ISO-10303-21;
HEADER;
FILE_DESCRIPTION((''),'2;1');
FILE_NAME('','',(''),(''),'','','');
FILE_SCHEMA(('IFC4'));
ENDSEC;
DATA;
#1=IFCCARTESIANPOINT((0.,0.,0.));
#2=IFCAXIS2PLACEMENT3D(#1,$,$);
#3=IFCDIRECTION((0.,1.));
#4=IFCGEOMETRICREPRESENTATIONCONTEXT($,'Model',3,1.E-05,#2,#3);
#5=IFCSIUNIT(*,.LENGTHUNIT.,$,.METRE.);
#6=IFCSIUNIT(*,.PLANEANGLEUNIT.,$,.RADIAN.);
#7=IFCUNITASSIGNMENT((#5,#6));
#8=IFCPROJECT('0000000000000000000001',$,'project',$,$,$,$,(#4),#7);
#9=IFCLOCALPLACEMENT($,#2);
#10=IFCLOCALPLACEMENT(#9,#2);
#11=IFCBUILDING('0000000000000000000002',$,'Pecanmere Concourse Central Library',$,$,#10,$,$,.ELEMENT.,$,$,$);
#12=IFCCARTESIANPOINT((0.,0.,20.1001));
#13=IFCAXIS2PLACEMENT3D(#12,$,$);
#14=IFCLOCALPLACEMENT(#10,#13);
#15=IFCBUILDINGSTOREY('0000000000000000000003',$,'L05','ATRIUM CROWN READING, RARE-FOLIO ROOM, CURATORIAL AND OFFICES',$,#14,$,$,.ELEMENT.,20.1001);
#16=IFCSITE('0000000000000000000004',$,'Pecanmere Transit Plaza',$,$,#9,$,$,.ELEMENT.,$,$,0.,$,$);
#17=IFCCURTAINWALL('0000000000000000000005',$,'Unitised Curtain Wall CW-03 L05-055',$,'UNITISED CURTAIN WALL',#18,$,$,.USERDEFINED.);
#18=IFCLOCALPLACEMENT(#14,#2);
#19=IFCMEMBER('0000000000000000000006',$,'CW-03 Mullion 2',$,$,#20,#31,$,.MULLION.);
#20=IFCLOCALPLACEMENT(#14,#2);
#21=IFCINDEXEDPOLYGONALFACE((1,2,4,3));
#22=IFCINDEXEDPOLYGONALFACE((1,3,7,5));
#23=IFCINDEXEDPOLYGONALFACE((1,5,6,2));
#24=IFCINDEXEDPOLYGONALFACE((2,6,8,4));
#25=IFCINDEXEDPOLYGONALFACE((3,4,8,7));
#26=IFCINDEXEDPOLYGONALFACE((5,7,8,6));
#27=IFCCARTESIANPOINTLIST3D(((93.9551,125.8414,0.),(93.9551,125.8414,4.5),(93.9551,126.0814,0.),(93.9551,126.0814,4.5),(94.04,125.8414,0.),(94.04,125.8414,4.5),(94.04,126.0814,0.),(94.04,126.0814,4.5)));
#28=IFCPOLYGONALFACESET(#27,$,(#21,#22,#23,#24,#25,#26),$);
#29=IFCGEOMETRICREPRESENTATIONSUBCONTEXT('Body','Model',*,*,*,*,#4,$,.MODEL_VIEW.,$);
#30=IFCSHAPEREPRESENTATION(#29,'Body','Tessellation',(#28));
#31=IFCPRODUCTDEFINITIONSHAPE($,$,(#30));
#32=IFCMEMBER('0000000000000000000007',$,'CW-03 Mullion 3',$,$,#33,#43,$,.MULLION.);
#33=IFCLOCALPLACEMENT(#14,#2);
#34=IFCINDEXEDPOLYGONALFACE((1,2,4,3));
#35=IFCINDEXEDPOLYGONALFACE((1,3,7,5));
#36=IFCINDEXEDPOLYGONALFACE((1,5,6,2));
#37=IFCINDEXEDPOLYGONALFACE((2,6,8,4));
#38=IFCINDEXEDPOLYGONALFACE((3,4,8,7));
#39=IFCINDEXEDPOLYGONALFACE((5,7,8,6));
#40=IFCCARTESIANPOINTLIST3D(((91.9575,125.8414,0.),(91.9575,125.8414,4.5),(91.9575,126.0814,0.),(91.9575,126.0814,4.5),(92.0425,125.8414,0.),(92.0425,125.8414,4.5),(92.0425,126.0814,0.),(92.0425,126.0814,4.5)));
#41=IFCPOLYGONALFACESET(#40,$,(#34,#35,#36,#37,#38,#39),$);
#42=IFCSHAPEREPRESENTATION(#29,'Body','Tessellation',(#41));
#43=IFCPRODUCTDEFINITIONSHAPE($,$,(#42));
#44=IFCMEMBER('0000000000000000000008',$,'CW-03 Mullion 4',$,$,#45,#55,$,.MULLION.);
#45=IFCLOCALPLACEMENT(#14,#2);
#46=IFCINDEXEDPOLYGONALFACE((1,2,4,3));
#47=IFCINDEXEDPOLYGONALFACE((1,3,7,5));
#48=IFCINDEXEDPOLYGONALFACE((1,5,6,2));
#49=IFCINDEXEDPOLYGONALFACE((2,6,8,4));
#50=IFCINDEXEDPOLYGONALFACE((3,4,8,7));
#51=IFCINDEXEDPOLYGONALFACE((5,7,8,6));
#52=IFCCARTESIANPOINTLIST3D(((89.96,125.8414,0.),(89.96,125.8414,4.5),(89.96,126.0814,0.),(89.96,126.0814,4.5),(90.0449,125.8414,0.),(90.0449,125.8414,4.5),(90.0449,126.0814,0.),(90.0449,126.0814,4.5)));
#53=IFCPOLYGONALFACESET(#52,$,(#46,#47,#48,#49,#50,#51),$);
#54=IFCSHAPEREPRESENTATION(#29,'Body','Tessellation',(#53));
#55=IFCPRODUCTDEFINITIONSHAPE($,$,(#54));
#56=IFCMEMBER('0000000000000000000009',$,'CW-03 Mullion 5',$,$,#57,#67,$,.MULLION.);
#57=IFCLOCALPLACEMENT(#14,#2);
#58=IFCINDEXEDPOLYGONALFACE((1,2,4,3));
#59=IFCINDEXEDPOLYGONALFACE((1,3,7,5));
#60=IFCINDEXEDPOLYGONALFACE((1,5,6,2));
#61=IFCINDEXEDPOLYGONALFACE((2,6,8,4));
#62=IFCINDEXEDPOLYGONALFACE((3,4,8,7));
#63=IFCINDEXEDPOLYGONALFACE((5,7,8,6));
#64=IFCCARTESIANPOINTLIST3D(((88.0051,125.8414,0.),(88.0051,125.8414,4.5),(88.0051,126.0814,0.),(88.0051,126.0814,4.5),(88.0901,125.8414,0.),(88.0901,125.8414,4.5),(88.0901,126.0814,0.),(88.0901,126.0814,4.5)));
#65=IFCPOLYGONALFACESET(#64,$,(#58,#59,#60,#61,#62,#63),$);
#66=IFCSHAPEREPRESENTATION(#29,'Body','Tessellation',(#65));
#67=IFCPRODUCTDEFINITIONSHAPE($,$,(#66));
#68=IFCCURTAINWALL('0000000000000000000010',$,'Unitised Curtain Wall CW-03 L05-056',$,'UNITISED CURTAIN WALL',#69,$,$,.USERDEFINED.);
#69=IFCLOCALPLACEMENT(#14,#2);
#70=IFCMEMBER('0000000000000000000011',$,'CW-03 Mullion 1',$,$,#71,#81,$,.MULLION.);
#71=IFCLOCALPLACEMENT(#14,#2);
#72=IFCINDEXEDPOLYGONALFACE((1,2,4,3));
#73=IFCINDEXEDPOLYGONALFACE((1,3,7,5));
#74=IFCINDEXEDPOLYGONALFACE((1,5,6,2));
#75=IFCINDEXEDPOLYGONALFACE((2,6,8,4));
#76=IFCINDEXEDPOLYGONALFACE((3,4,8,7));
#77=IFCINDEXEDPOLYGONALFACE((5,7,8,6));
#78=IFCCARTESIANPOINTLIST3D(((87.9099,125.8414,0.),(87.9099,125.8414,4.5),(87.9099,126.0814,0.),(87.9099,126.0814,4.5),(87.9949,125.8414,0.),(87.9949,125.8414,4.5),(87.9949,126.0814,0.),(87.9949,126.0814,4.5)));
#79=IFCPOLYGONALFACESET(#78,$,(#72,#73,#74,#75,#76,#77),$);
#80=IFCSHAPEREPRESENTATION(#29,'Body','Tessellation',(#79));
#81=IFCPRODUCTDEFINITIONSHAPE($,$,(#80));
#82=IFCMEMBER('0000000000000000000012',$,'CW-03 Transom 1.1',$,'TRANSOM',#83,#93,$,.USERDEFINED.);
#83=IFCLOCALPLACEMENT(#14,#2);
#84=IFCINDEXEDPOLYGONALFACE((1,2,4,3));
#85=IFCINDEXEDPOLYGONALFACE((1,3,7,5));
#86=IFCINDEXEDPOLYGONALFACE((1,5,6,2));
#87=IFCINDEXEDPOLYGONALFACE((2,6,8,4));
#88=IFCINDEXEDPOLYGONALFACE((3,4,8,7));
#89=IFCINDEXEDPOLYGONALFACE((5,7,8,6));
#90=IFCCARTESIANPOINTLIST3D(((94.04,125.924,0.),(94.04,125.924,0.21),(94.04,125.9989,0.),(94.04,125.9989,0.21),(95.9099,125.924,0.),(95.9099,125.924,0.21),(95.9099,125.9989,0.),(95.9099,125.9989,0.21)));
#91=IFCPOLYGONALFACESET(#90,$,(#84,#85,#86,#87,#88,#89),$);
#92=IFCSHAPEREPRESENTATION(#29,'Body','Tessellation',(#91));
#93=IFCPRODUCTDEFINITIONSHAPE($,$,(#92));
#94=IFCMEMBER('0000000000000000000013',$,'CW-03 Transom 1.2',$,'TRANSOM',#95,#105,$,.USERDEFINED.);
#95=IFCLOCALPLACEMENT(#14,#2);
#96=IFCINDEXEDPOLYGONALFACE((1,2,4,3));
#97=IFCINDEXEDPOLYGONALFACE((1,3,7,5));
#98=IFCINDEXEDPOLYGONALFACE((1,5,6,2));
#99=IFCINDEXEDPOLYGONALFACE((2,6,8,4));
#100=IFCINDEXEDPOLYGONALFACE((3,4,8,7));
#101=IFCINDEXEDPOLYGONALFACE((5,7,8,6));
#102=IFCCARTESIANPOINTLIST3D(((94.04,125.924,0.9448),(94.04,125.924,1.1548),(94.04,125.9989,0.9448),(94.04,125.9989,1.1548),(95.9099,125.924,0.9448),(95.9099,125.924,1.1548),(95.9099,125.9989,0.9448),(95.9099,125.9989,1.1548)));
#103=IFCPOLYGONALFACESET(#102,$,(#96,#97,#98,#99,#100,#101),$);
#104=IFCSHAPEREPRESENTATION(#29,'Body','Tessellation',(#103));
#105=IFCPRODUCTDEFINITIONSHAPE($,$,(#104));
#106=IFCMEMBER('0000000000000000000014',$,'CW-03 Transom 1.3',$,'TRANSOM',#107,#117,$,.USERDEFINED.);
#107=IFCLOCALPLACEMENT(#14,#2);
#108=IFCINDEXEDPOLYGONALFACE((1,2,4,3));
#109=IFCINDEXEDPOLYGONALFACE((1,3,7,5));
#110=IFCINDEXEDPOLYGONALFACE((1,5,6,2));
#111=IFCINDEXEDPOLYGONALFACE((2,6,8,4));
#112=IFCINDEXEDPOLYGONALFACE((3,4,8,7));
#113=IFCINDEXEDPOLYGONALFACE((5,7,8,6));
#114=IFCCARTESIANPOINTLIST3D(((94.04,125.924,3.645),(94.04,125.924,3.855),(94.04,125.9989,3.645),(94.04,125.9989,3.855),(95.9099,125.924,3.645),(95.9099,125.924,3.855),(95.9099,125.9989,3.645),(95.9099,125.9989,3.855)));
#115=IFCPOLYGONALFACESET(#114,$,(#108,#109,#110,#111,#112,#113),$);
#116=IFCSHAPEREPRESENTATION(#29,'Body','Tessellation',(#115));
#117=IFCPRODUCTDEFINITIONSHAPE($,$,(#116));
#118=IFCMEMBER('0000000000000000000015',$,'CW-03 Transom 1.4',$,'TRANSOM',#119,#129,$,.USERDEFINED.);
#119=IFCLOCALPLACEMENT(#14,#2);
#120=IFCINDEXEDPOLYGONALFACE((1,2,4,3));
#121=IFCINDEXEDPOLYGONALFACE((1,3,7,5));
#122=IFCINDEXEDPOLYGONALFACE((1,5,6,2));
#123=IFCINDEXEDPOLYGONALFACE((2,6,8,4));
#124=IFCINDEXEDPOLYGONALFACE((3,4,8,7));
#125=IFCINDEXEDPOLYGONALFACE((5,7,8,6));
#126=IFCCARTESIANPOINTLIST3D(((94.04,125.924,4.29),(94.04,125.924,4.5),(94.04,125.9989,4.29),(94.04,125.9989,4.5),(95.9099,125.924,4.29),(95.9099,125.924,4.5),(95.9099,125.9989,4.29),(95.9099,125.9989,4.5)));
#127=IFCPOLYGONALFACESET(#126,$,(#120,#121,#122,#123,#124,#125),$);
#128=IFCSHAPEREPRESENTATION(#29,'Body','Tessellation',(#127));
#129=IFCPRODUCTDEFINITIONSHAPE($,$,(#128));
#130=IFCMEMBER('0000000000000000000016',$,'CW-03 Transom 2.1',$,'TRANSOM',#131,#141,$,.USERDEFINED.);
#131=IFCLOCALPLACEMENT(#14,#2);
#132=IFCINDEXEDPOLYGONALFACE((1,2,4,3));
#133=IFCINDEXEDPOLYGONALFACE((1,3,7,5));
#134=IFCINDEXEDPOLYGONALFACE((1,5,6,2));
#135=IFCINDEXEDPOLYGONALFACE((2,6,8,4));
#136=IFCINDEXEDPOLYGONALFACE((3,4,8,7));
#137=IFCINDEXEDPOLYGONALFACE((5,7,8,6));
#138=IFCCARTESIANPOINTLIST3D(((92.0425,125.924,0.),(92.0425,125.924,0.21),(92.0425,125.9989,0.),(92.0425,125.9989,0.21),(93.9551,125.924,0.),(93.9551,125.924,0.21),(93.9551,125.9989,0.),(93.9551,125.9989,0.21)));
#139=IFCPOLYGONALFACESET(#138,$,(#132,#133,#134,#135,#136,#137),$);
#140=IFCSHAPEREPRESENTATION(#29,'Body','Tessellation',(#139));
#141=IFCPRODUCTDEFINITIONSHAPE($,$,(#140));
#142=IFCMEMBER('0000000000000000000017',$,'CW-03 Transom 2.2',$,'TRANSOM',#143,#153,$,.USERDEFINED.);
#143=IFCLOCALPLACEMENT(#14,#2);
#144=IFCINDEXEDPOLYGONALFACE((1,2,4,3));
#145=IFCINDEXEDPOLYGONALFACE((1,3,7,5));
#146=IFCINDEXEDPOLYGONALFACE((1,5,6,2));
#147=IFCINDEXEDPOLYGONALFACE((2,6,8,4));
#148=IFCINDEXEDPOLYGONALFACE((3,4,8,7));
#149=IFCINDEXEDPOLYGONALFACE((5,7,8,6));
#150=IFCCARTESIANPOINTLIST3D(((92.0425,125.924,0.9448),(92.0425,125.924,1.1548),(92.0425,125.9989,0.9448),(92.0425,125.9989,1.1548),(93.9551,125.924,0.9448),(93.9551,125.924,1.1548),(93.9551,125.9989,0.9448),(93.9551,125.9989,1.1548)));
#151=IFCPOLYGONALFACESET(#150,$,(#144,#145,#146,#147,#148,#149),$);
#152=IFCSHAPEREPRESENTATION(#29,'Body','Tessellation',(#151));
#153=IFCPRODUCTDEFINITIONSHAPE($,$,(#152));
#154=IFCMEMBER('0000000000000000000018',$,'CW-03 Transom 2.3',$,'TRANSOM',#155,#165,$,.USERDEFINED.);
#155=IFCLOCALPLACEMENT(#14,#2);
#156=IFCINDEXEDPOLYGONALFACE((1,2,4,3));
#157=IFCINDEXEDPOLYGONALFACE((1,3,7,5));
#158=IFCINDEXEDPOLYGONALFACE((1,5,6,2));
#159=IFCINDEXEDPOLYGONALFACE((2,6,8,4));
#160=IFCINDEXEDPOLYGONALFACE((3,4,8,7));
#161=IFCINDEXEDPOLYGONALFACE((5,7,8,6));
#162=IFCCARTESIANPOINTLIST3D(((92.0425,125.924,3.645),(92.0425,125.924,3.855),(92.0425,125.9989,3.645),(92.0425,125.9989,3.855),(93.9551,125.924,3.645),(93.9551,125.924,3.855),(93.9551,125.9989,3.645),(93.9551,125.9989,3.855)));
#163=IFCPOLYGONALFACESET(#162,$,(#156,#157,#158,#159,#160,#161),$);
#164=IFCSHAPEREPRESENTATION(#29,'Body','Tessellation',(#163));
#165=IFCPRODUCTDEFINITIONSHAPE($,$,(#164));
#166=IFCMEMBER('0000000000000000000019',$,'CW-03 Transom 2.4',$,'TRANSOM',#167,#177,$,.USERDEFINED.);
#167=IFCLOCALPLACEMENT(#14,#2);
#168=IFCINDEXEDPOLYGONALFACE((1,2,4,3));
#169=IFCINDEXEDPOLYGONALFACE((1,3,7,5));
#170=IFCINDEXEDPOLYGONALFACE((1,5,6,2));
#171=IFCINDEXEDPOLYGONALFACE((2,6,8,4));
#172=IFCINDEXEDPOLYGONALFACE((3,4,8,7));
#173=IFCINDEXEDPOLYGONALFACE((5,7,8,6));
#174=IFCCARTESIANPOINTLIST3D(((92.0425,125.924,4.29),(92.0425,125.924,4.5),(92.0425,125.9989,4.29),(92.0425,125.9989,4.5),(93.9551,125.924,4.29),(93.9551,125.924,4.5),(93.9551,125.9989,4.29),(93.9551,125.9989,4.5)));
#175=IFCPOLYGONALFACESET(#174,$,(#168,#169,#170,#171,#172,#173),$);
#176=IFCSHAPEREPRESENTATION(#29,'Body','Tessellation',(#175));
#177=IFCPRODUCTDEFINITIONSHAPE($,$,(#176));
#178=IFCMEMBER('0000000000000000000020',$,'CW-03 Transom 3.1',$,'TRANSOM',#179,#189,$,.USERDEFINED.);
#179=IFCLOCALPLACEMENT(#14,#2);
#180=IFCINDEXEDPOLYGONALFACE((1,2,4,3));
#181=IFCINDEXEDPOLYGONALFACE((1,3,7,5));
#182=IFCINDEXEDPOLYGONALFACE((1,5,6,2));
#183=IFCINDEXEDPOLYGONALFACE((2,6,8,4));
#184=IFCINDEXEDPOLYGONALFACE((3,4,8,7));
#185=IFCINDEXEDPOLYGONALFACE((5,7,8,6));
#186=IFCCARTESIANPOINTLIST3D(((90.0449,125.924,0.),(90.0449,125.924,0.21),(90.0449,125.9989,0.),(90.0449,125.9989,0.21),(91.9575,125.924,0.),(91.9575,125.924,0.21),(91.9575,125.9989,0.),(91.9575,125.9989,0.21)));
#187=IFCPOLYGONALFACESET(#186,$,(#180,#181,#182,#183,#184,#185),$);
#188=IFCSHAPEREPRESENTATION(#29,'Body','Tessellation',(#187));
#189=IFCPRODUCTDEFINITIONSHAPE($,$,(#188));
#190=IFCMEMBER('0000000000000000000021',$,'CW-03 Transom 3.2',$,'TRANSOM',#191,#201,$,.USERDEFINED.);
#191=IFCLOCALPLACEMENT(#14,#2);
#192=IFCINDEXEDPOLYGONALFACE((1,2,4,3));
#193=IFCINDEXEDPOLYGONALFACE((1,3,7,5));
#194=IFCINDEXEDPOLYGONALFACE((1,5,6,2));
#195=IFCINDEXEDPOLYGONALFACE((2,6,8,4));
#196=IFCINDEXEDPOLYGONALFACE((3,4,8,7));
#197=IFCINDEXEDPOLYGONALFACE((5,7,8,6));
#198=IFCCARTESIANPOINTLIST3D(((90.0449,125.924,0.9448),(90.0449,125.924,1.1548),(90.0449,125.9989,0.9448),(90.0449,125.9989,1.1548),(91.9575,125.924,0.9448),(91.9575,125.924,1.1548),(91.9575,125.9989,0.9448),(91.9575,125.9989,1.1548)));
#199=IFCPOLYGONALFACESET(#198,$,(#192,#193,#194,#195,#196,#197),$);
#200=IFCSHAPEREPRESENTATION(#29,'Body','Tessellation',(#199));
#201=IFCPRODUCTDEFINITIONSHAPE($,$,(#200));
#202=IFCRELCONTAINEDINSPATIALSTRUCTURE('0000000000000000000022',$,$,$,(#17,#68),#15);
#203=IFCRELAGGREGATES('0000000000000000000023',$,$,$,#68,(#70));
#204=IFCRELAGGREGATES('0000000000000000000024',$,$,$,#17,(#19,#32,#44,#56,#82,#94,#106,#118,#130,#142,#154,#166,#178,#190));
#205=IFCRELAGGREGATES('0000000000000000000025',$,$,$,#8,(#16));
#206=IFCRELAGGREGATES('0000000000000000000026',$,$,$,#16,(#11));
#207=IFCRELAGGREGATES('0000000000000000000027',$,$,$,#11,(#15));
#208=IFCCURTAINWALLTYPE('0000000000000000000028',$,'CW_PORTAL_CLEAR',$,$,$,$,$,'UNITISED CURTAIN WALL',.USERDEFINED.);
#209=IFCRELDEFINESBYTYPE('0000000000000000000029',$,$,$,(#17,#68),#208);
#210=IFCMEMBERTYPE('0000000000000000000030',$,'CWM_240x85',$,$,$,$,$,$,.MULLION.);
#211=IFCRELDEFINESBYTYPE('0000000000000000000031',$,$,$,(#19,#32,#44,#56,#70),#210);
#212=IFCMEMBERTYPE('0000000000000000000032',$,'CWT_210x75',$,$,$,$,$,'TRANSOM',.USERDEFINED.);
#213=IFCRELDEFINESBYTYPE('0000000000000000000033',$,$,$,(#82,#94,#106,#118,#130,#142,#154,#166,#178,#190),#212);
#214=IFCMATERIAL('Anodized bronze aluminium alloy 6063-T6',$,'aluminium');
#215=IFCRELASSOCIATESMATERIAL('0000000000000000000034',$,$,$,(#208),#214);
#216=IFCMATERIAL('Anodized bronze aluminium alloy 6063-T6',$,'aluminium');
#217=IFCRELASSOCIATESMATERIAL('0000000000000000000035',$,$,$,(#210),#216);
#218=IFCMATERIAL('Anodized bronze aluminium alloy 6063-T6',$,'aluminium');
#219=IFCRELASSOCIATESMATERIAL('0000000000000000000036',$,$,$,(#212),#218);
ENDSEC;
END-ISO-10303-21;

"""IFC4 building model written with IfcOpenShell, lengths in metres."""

from ifc_helpers import new_model, si_unit, direction, frame, origin, origin_2d, place, context, subcontext, project, spatial, rectangle, extrude, material, material_profile, profile_set, type_object, element, aggregate, save


model = new_model("IFC4")

# Units and contexts
model_context = context("Model", 3, precision=1e-05, world=origin(), true_north=direction((0.0, 1.0)))
body_context = subcontext(model_context, "Body", "Model", "MODEL_VIEW")
ifc_project = project(units=[si_unit("LENGTHUNIT", "METRE"), si_unit("PLANEANGLEUNIT", "RADIAN")], contexts=[model_context])

# Site, building, storey
site_placement = place(None, origin())
site = spatial("IfcSite", under=ifc_project, at=site_placement, Name="Pecanmere Transit Plaza", CompositionType="ELEMENT", RefElevation=0.0)
building_placement = place(site_placement, origin())
building = spatial("IfcBuilding", under=site, at=building_placement, Name="Pecanmere Concourse Central Library", CompositionType="ELEMENT")
storey_placement = place(building_placement, frame((0.0, 0.0, 20.1001)))
storey = spatial("IfcBuildingStorey", under=building, at=storey_placement, Name="L05", Description="ATRIUM CROWN READING, RARE-FOLIO ROOM, CURATORIAL AND OFFICES", CompositionType="ELEMENT", Elevation=20.1001)

# Curtain wall, members
ifc_material_1 = material(Name="Anodized bronze aluminium alloy 6063-T6", Category="aluminium")
curtain_wall_type = type_object("IfcCurtainWallType", Name="CW_PORTAL_CLEAR", ElementType="UNITISED CURTAIN WALL", PredefinedType="USERDEFINED", material=ifc_material_1)
curtain_wall_1_placement = place(storey_placement, origin())
curtain_wall_1 = element("IfcCurtainWall", 1, at=curtain_wall_1_placement, inside=storey, type_object=curtain_wall_type, Name="Unitised Curtain Wall CW-03 L05-055", ObjectType="UNITISED CURTAIN WALL", PredefinedType="USERDEFINED")
ifc_material_2 = material(Name="Anodized bronze aluminium alloy 6063-T6", Category="aluminium")
ifc_material_profile_1 = material_profile(ifc_material_2, rectangle(XDim=0.085, YDim=0.24, at=origin_2d()), Name="AL 85x240")
ifc_profile_set_1 = profile_set([ifc_material_profile_1], Name="Anodized bronze aluminium alloy 6063-T6")
member_type_1 = type_object("IfcMemberType", Name="CWM_240x85", PredefinedType="MULLION", material=ifc_profile_set_1)
member_1_placement = place(storey_placement, frame((93.9976, 125.9614, 0.0), z_axis=(0.0, 0.0, 1.0), x_axis=(-1.0, 0.0, 0.0)))
member_1 = element("IfcMember", 2, at=member_1_placement, type_object=member_type_1, Name="CW-03 Mullion 2", PredefinedType="MULLION", context=body_context, shape_type="SweptSolid", body=[
    extrude(rectangle(XDim=0.085, YDim=0.24, at=origin_2d()), origin(), (0.0, 0.0, 1.0), 4.5),
])
member_2_placement = place(storey_placement, frame((92.0, 125.9614, 0.0), z_axis=(0.0, 0.0, 1.0), x_axis=(-1.0, 0.0, 0.0)))
member_2 = element("IfcMember", 3, at=member_2_placement, type_object=member_type_1, Name="CW-03 Mullion 3", PredefinedType="MULLION", context=body_context, shape_type="SweptSolid", body=[
    extrude(rectangle(XDim=0.085, YDim=0.24, at=origin_2d()), origin(), (0.0, 0.0, 1.0), 4.5),
])
member_3_placement = place(storey_placement, frame((90.0024, 125.9614, 0.0), z_axis=(0.0, 0.0, 1.0), x_axis=(-1.0, 0.0, 0.0)))
member_3 = element("IfcMember", 4, at=member_3_placement, type_object=member_type_1, Name="CW-03 Mullion 4", PredefinedType="MULLION", context=body_context, shape_type="SweptSolid", body=[
    extrude(rectangle(XDim=0.085, YDim=0.24, at=origin_2d()), origin(), (0.0, 0.0, 1.0), 4.5),
])
member_4_placement = place(storey_placement, frame((88.0476, 125.9614, 0.0), z_axis=(0.0, 0.0, 1.0), x_axis=(-1.0, 0.0, 0.0)))
member_4 = element("IfcMember", 5, at=member_4_placement, type_object=member_type_1, Name="CW-03 Mullion 5", PredefinedType="MULLION", context=body_context, shape_type="SweptSolid", body=[
    extrude(rectangle(XDim=0.085, YDim=0.24, at=origin_2d()), origin(), (0.0, 0.0, 1.0), 4.5),
])

# Curtain wall, member
curtain_wall_2_placement = place(storey_placement, origin())
curtain_wall_2 = element("IfcCurtainWall", 6, at=curtain_wall_2_placement, inside=storey, type_object=curtain_wall_type, Name="Unitised Curtain Wall CW-03 L05-056", ObjectType="UNITISED CURTAIN WALL", PredefinedType="USERDEFINED")
member_5_placement = place(storey_placement, frame((87.9524, 125.9614, 0.0), z_axis=(0.0, 0.0, 1.0), x_axis=(-1.0, 0.0, 0.0)))
member_5 = element("IfcMember", 7, at=member_5_placement, type_object=member_type_1, Name="CW-03 Mullion 1", PredefinedType="MULLION", context=body_context, shape_type="SweptSolid", body=[
    extrude(rectangle(XDim=0.085, YDim=0.24, at=origin_2d()), origin(), (0.0, 0.0, 1.0), 4.5),
])

# Members
ifc_material_3 = material(Name="Anodized bronze aluminium alloy 6063-T6", Category="aluminium")
ifc_material_profile_2 = material_profile(ifc_material_3, rectangle(XDim=0.075, YDim=0.21, at=origin_2d()), Name="AL 75x210")
ifc_profile_set_2 = profile_set([ifc_material_profile_2], Name="Anodized bronze aluminium alloy 6063-T6")
member_type_2 = type_object("IfcMemberType", Name="CWT_210x75", ElementType="TRANSOM", PredefinedType="USERDEFINED", material=ifc_profile_set_2)
member_6_placement = place(storey_placement, frame((95.9099, 125.9614, 0.105), z_axis=(-1.0, 0.0, 0.0), x_axis=(0.0, -1.0, 0.0)))
member_6 = element("IfcMember", 8, at=member_6_placement, type_object=member_type_2, Name="CW-03 Transom 1.1", ObjectType="TRANSOM", PredefinedType="USERDEFINED", context=body_context, shape_type="SweptSolid", body=[
    extrude(rectangle(XDim=0.075, YDim=0.21, at=origin_2d()), origin(), (0.0, 0.0, 1.0), 1.8699),
])
member_7_placement = place(storey_placement, frame((95.9099, 125.9614, 1.0498), z_axis=(-1.0, 0.0, 0.0), x_axis=(0.0, -1.0, 0.0)))
member_7 = element("IfcMember", 9, at=member_7_placement, type_object=member_type_2, Name="CW-03 Transom 1.2", ObjectType="TRANSOM", PredefinedType="USERDEFINED", context=body_context, shape_type="SweptSolid", body=[
    extrude(rectangle(XDim=0.075, YDim=0.21, at=origin_2d()), origin(), (0.0, 0.0, 1.0), 1.8699),
])
member_8_placement = place(storey_placement, frame((95.9099, 125.9614, 3.75), z_axis=(-1.0, 0.0, 0.0), x_axis=(0.0, -1.0, 0.0)))
member_8 = element("IfcMember", 10, at=member_8_placement, type_object=member_type_2, Name="CW-03 Transom 1.3", ObjectType="TRANSOM", PredefinedType="USERDEFINED", context=body_context, shape_type="SweptSolid", body=[
    extrude(rectangle(XDim=0.075, YDim=0.21, at=origin_2d()), origin(), (0.0, 0.0, 1.0), 1.8699),
])
member_9_placement = place(storey_placement, frame((95.9099, 125.9614, 4.395), z_axis=(-1.0, 0.0, 0.0), x_axis=(0.0, -1.0, 0.0)))
member_9 = element("IfcMember", 11, at=member_9_placement, type_object=member_type_2, Name="CW-03 Transom 1.4", ObjectType="TRANSOM", PredefinedType="USERDEFINED", context=body_context, shape_type="SweptSolid", body=[
    extrude(rectangle(XDim=0.075, YDim=0.21, at=origin_2d()), origin(), (0.0, 0.0, 1.0), 1.8699),
])
member_10_placement = place(storey_placement, frame((93.9551, 125.9614, 0.105), z_axis=(-1.0, 0.0, 0.0), x_axis=(0.0, -1.0, 0.0)))
member_10 = element("IfcMember", 12, at=member_10_placement, type_object=member_type_2, Name="CW-03 Transom 2.1", ObjectType="TRANSOM", PredefinedType="USERDEFINED", context=body_context, shape_type="SweptSolid", body=[
    extrude(rectangle(XDim=0.075, YDim=0.21, at=origin_2d()), origin(), (0.0, 0.0, 1.0), 1.9126),
])
member_11_placement = place(storey_placement, frame((93.9551, 125.9614, 1.0498), z_axis=(-1.0, 0.0, 0.0), x_axis=(0.0, -1.0, 0.0)))
member_11 = element("IfcMember", 13, at=member_11_placement, type_object=member_type_2, Name="CW-03 Transom 2.2", ObjectType="TRANSOM", PredefinedType="USERDEFINED", context=body_context, shape_type="SweptSolid", body=[
    extrude(rectangle(XDim=0.075, YDim=0.21, at=origin_2d()), origin(), (0.0, 0.0, 1.0), 1.9126),
])
member_12_placement = place(storey_placement, frame((93.9551, 125.9614, 3.75), z_axis=(-1.0, 0.0, 0.0), x_axis=(0.0, -1.0, 0.0)))
member_12 = element("IfcMember", 14, at=member_12_placement, type_object=member_type_2, Name="CW-03 Transom 2.3", ObjectType="TRANSOM", PredefinedType="USERDEFINED", context=body_context, shape_type="SweptSolid", body=[
    extrude(rectangle(XDim=0.075, YDim=0.21, at=origin_2d()), origin(), (0.0, 0.0, 1.0), 1.9126),
])
member_13_placement = place(storey_placement, frame((93.9551, 125.9614, 4.395), z_axis=(-1.0, 0.0, 0.0), x_axis=(0.0, -1.0, 0.0)))
member_13 = element("IfcMember", 15, at=member_13_placement, type_object=member_type_2, Name="CW-03 Transom 2.4", ObjectType="TRANSOM", PredefinedType="USERDEFINED", context=body_context, shape_type="SweptSolid", body=[
    extrude(rectangle(XDim=0.075, YDim=0.21, at=origin_2d()), origin(), (0.0, 0.0, 1.0), 1.9126),
])
member_14_placement = place(storey_placement, frame((91.9575, 125.9614, 0.105), z_axis=(-1.0, 0.0, 0.0), x_axis=(0.0, -1.0, 0.0)))
member_14 = element("IfcMember", 16, at=member_14_placement, type_object=member_type_2, Name="CW-03 Transom 3.1", ObjectType="TRANSOM", PredefinedType="USERDEFINED", context=body_context, shape_type="SweptSolid", body=[
    extrude(rectangle(XDim=0.075, YDim=0.21, at=origin_2d()), origin(), (0.0, 0.0, 1.0), 1.9126),
])
member_15_placement = place(storey_placement, frame((91.9575, 125.9614, 1.0498), z_axis=(-1.0, 0.0, 0.0), x_axis=(0.0, -1.0, 0.0)))
member_15 = element("IfcMember", 17, at=member_15_placement, type_object=member_type_2, Name="CW-03 Transom 3.2", ObjectType="TRANSOM", PredefinedType="USERDEFINED", context=body_context, shape_type="SweptSolid", body=[
    extrude(rectangle(XDim=0.075, YDim=0.21, at=origin_2d()), origin(), (0.0, 0.0, 1.0), 1.9126),
])
aggregate(curtain_wall_2, [member_5])

aggregate(curtain_wall_1, [member_1, member_2, member_3, member_4, member_6, member_7, member_8, member_9, member_10, member_11, member_12, member_13, member_14, member_15])

save(model, "model.ifc")
